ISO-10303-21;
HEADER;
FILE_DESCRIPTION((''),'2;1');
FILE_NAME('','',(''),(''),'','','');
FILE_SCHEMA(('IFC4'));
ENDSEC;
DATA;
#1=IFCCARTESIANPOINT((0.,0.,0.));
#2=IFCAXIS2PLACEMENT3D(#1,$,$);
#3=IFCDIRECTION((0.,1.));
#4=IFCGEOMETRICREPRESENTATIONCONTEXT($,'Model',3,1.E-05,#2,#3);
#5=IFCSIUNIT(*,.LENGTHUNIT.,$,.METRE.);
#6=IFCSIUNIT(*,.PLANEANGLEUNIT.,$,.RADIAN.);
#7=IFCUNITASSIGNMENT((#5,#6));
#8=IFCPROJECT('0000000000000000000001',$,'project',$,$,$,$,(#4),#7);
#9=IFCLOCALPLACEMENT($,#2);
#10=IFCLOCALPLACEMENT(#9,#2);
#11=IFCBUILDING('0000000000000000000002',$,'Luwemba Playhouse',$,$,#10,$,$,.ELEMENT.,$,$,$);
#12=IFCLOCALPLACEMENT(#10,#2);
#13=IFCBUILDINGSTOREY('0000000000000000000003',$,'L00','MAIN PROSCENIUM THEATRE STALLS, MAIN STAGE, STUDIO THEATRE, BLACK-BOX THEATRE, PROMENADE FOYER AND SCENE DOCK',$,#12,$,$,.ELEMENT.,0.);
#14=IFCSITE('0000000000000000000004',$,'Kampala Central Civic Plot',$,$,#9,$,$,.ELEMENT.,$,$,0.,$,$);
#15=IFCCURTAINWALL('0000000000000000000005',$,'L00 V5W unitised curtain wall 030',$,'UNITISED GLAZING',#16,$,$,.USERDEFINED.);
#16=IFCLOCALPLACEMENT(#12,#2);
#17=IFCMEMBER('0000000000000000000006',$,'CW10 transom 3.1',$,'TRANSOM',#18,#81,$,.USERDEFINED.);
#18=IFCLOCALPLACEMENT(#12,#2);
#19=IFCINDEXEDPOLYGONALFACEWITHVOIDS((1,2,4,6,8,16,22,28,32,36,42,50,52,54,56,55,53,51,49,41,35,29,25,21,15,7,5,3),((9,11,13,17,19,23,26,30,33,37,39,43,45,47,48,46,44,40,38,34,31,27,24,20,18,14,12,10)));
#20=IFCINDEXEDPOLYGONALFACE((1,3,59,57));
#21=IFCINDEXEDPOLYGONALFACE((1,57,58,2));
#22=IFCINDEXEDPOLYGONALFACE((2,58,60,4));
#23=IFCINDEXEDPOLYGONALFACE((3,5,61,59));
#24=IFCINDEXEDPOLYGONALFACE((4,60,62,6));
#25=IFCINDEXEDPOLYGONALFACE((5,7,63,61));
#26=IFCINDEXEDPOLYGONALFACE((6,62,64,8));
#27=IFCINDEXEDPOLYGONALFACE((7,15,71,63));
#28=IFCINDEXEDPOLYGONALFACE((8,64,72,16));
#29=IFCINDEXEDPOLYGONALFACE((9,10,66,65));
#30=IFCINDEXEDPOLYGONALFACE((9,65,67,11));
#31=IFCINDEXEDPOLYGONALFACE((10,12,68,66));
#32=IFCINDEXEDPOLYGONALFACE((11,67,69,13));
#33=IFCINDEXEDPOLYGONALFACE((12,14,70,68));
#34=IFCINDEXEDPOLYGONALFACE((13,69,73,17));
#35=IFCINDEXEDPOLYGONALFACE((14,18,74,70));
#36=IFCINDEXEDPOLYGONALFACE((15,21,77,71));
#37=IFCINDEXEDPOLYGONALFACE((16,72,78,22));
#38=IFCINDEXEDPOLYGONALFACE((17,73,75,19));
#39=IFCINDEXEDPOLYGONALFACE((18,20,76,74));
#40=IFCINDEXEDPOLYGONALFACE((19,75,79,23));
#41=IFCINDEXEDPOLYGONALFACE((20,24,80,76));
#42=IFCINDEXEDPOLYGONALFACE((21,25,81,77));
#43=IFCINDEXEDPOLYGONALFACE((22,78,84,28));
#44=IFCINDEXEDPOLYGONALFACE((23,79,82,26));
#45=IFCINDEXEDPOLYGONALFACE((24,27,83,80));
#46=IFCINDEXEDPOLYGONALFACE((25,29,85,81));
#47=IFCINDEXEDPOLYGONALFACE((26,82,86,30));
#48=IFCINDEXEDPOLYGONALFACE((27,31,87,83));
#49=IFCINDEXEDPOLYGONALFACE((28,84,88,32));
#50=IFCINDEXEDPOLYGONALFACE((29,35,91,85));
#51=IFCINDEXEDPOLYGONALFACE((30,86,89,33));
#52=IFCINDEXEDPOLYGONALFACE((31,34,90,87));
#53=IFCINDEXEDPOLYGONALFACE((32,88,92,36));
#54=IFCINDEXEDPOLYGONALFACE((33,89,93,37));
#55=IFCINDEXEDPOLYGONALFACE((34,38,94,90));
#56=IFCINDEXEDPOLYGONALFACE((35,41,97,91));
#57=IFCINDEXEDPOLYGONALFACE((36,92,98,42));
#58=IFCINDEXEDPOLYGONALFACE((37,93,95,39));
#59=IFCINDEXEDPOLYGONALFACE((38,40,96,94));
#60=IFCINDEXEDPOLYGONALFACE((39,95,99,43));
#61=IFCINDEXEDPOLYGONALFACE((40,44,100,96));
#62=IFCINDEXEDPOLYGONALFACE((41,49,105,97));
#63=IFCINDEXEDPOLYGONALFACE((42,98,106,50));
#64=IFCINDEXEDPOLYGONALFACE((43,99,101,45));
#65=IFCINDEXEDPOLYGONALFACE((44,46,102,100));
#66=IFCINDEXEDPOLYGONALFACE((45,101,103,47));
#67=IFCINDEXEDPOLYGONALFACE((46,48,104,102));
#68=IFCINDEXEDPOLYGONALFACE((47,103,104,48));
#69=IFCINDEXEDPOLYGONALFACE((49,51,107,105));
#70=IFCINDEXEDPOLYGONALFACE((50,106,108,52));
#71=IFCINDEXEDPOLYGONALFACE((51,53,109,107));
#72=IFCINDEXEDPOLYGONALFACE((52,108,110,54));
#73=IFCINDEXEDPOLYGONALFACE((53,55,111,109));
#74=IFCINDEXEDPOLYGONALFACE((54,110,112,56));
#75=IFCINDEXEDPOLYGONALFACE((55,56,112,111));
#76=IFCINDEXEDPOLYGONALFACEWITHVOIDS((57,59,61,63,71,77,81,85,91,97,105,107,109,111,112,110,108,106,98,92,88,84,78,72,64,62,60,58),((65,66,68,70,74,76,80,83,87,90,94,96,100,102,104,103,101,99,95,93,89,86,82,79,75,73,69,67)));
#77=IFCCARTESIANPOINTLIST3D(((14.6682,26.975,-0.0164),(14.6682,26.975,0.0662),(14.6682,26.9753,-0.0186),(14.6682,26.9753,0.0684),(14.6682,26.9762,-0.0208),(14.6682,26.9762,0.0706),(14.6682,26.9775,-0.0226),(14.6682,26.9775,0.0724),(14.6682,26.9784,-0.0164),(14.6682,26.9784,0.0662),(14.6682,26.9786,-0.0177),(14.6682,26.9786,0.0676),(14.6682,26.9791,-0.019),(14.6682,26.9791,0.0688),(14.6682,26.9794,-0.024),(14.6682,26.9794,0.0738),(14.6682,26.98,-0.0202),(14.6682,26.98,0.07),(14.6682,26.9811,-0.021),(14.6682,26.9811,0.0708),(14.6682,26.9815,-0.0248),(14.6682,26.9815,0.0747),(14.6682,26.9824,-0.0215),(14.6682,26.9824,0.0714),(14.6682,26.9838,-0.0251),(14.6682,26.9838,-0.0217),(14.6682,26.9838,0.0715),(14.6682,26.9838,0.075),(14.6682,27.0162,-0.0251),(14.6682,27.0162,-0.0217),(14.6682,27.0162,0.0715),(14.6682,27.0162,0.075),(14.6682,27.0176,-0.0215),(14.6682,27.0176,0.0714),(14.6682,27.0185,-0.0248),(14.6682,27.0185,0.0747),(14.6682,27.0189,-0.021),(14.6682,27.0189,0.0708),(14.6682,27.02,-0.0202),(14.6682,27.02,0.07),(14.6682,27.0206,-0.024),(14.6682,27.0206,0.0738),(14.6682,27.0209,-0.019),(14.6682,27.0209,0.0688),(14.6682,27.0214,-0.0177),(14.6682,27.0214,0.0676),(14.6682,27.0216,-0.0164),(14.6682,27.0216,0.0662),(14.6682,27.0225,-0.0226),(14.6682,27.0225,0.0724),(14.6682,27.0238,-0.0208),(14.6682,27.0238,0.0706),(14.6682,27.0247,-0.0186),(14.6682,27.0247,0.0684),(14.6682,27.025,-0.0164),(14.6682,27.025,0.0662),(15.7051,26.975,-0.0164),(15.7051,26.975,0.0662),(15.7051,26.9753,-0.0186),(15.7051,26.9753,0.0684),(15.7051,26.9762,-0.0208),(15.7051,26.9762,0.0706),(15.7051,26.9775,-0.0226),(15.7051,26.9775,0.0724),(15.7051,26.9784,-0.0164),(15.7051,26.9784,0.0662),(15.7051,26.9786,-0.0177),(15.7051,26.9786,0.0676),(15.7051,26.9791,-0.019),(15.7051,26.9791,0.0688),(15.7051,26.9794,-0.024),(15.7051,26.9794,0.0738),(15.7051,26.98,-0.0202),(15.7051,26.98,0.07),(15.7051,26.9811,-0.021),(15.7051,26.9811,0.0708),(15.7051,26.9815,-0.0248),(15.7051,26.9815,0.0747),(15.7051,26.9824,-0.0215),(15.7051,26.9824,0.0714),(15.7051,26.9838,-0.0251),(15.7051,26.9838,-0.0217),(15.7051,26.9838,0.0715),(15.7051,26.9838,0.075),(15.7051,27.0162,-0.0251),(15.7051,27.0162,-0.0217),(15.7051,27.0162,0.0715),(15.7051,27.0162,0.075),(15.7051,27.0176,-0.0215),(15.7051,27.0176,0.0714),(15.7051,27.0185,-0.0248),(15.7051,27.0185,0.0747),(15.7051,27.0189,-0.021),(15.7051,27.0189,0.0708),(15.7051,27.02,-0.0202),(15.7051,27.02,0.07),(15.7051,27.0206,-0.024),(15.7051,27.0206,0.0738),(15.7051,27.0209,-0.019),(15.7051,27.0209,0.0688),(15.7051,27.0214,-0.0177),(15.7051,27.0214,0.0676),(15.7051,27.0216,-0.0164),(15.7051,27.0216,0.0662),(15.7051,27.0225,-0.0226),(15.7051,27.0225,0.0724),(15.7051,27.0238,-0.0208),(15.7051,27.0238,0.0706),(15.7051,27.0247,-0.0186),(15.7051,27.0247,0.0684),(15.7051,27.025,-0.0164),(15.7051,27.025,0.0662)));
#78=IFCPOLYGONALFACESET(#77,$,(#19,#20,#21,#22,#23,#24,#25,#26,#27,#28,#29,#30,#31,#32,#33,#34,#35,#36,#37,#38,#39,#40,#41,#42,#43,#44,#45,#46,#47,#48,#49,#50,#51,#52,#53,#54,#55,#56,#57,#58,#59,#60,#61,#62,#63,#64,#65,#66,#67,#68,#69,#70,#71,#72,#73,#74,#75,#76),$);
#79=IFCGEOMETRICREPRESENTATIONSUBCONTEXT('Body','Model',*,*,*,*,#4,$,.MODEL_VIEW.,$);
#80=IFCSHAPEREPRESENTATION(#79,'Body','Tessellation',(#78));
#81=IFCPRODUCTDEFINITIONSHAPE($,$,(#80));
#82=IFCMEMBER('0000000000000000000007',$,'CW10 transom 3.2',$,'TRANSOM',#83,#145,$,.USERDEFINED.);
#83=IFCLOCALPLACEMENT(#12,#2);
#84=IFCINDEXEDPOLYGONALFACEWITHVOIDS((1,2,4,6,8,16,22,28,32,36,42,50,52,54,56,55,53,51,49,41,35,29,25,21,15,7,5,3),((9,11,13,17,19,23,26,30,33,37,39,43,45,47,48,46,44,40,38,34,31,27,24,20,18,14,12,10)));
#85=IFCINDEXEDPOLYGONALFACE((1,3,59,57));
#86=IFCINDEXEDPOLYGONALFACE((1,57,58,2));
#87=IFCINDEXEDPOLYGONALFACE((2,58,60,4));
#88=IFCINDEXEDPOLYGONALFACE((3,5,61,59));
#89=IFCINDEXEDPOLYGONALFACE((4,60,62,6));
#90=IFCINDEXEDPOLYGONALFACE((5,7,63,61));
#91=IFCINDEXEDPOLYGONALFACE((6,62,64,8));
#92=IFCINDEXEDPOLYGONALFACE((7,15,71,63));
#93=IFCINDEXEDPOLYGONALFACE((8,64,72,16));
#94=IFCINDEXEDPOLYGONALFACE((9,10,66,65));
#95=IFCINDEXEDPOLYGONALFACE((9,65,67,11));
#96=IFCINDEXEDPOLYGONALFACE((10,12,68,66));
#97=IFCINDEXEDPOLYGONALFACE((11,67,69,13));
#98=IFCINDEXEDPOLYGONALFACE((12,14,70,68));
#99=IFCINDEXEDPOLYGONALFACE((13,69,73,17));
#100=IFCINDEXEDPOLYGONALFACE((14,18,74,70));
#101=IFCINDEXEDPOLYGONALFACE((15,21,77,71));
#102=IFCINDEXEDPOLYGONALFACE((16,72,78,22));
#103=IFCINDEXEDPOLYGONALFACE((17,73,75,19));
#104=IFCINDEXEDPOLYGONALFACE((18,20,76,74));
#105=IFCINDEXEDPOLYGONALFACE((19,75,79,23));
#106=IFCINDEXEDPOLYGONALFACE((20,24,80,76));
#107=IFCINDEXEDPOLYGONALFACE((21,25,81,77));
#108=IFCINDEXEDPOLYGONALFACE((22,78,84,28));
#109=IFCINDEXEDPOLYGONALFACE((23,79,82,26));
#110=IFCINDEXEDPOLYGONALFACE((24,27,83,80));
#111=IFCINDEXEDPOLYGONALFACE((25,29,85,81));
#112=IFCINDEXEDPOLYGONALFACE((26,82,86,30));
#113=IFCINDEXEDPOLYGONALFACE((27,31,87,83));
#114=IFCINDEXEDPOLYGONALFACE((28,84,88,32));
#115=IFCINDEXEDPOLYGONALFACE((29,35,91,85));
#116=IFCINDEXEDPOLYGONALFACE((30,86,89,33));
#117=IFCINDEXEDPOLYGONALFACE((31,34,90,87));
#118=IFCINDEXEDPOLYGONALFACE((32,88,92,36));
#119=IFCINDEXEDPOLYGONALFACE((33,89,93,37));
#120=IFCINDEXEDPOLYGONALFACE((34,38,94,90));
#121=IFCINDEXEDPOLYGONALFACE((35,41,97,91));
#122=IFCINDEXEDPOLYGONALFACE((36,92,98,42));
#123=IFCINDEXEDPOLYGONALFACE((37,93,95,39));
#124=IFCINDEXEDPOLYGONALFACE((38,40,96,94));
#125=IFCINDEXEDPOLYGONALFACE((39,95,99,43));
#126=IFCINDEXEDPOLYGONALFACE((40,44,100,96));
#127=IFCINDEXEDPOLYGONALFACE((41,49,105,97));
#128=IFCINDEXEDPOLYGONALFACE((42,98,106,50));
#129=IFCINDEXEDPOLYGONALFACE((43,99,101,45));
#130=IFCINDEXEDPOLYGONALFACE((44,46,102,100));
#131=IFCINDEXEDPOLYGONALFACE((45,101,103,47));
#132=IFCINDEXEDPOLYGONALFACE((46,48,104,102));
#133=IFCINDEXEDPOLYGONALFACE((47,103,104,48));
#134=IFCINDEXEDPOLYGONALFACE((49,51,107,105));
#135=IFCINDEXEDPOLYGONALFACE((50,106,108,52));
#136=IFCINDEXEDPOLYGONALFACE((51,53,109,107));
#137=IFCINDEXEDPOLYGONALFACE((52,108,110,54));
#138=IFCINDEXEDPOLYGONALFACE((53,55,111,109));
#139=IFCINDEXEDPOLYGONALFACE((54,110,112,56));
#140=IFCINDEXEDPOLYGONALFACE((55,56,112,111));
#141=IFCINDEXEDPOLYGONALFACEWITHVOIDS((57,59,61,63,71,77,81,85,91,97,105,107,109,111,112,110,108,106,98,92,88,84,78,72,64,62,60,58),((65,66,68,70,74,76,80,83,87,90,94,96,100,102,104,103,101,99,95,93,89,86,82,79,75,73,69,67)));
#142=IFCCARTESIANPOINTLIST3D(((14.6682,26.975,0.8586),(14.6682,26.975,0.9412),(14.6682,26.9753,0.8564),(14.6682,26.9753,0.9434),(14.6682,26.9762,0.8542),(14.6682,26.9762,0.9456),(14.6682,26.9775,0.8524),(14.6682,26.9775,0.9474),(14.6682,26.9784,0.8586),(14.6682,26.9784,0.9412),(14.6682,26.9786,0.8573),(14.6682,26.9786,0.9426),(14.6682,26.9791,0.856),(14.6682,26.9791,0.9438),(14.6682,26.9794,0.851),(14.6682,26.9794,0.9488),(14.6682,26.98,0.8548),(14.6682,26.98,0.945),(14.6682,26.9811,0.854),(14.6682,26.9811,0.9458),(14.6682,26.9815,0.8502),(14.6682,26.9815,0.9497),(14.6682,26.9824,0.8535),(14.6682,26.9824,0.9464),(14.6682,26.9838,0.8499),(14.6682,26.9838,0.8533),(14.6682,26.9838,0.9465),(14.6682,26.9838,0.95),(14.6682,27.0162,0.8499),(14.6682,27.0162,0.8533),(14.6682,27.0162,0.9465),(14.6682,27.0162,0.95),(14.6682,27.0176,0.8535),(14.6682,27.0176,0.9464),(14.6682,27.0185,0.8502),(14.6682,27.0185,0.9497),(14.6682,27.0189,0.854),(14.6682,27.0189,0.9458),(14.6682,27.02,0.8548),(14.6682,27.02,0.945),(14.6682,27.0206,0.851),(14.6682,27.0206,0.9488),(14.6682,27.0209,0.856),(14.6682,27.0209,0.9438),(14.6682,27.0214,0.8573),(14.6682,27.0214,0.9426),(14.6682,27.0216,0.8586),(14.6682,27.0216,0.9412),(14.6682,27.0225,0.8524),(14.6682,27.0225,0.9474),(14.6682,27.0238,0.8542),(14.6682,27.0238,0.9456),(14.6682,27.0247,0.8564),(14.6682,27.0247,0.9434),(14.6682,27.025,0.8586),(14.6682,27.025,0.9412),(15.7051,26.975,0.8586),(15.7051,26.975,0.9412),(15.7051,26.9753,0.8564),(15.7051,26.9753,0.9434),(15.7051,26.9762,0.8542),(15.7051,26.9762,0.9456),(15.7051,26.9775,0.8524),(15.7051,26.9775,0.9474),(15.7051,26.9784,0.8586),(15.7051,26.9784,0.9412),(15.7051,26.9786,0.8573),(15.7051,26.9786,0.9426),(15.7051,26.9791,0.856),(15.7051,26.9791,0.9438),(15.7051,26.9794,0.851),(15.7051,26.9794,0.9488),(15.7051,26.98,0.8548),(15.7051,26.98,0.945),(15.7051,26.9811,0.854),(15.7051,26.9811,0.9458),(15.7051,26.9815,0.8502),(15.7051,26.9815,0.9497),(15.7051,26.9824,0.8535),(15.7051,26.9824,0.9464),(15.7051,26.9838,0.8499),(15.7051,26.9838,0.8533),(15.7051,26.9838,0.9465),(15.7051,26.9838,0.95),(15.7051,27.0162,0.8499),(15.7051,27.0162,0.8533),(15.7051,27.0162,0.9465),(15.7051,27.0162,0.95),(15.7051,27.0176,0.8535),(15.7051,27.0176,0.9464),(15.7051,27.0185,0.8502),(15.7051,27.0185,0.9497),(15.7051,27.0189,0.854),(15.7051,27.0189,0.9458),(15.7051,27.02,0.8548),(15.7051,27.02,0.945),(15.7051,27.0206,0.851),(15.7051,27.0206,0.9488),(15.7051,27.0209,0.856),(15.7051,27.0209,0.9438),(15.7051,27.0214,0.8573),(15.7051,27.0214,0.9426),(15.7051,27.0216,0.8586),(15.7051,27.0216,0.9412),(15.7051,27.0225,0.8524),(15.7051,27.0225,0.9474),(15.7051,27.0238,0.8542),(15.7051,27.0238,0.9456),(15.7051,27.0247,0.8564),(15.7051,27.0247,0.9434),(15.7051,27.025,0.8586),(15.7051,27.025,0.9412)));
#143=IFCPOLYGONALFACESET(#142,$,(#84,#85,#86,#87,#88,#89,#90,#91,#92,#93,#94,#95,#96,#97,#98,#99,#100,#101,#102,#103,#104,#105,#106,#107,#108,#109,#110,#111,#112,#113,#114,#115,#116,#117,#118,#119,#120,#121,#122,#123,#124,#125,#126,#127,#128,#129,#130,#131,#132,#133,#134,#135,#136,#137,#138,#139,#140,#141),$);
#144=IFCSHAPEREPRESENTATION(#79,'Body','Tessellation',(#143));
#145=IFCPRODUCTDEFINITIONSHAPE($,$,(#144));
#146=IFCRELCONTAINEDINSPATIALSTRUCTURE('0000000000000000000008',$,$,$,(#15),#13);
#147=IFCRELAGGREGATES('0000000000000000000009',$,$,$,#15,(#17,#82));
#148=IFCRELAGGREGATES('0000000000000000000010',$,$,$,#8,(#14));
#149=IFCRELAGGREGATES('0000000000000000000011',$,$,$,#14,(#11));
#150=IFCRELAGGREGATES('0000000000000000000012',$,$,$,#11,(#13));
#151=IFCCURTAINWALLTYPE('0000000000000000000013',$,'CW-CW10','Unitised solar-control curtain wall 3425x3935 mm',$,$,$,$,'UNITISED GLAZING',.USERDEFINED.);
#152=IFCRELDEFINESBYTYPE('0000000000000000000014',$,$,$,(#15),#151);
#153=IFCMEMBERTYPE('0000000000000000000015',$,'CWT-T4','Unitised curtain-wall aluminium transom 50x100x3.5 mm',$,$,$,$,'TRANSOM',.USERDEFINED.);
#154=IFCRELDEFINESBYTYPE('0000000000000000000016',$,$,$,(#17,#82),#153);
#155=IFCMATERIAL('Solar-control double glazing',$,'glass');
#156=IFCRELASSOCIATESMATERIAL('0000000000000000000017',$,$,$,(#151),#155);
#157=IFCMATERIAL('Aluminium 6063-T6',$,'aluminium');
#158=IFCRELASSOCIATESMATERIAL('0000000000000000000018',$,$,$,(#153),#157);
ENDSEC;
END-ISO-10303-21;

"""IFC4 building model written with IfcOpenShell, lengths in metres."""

from ifc_helpers import new_model, si_unit, direction, frame, origin, origin_2d, place, context, subcontext, project, spatial, hollow_rectangle, extrude, material, material_profile, profile_set, type_object, element, aggregate, save


model = new_model("IFC4")

# Units and contexts
model_context = context("Model", 3, precision=1e-05, world=origin(), true_north=direction((0.0, 1.0)))
body_context = subcontext(model_context, "Body", "Model", "MODEL_VIEW")
ifc_project = project(units=[si_unit("LENGTHUNIT", "METRE"), si_unit("PLANEANGLEUNIT", "RADIAN")], contexts=[model_context])

# Site, building, storey
site_placement = place(None, origin())
site = spatial("IfcSite", under=ifc_project, at=site_placement, Name="Kampala Central Civic Plot", CompositionType="ELEMENT", RefElevation=0.0)
building_placement = place(site_placement, origin())
building = spatial("IfcBuilding", under=site, at=building_placement, Name="Luwemba Playhouse", CompositionType="ELEMENT")
storey_placement = place(building_placement, origin())
storey = spatial("IfcBuildingStorey", under=building, at=storey_placement, Name="L00", Description="MAIN PROSCENIUM THEATRE STALLS, MAIN STAGE, STUDIO THEATRE, BLACK-BOX THEATRE, PROMENADE FOYER AND SCENE DOCK", CompositionType="ELEMENT", Elevation=0.0)

# Shared definitions
ifc_material_1 = material(Name="Solar-control double glazing", Category="glass")
ifc_material_2 = material(Name="Aluminium 6063-T6", Category="aluminium")

# Curtain wall, members
curtain_wall_type_1 = type_object("IfcCurtainWallType", Name="CW-CW10", Description="Unitised solar-control curtain wall 3425x3935 mm", ElementType="UNITISED GLAZING", PredefinedType="USERDEFINED", material=ifc_material_1)
curtain_wall_1_placement = place(storey_placement, origin())
curtain_wall_1 = element("IfcCurtainWall", 1, at=curtain_wall_1_placement, inside=storey, type_object=curtain_wall_type_1, Name="L00 V5W unitised curtain wall 030", ObjectType="UNITISED GLAZING", PredefinedType="USERDEFINED")
ifc_material_profile_1 = material_profile(ifc_material_2, hollow_rectangle(XDim=0.05, YDim=0.1001, WallThickness=0.0034, InnerFilletRadius=0.0054, OuterFilletRadius=0.0088, at=origin_2d()))
ifc_profile_set_1 = profile_set([ifc_material_profile_1], Name="Aluminium 6063-T6")
member_type_1 = type_object("IfcMemberType", Name="CWT-T4", Description="Unitised curtain-wall aluminium transom 50x100x3.5 mm", ElementType="TRANSOM", PredefinedType="USERDEFINED", material=ifc_profile_set_1)
member_1_placement = place(storey_placement, frame((14.6682, 27.0, 0.0249), z_axis=(1.0, 0.0, 0.0), x_axis=(0.0, 1.0, 0.0)))
member_1 = element("IfcMember", 2, at=member_1_placement, type_object=member_type_1, Name="CW10 transom 3.1", ObjectType="TRANSOM", PredefinedType="USERDEFINED", context=body_context, shape_type="SweptSolid", body=[
    extrude(hollow_rectangle(XDim=0.05, YDim=0.1001, WallThickness=0.0034, InnerFilletRadius=0.0054, OuterFilletRadius=0.0088, at=origin_2d()), origin(), (0.0, 0.0, 1.0), 1.0369),
])
member_2_placement = place(storey_placement, frame((14.6682, 27.0, 0.8999), z_axis=(1.0, 0.0, 0.0), x_axis=(0.0, 1.0, 0.0)))
member_2 = element("IfcMember", 3, at=member_2_placement, type_object=member_type_1, Name="CW10 transom 3.2", ObjectType="TRANSOM", PredefinedType="USERDEFINED", context=body_context, shape_type="SweptSolid", body=[
    extrude(hollow_rectangle(XDim=0.05, YDim=0.1001, WallThickness=0.0034, InnerFilletRadius=0.0054, OuterFilletRadius=0.0088, at=origin_2d()), origin(), (0.0, 0.0, 1.0), 1.0369),
])

aggregate(curtain_wall_1, [member_1, member_2])

save(model, "model.ifc")
